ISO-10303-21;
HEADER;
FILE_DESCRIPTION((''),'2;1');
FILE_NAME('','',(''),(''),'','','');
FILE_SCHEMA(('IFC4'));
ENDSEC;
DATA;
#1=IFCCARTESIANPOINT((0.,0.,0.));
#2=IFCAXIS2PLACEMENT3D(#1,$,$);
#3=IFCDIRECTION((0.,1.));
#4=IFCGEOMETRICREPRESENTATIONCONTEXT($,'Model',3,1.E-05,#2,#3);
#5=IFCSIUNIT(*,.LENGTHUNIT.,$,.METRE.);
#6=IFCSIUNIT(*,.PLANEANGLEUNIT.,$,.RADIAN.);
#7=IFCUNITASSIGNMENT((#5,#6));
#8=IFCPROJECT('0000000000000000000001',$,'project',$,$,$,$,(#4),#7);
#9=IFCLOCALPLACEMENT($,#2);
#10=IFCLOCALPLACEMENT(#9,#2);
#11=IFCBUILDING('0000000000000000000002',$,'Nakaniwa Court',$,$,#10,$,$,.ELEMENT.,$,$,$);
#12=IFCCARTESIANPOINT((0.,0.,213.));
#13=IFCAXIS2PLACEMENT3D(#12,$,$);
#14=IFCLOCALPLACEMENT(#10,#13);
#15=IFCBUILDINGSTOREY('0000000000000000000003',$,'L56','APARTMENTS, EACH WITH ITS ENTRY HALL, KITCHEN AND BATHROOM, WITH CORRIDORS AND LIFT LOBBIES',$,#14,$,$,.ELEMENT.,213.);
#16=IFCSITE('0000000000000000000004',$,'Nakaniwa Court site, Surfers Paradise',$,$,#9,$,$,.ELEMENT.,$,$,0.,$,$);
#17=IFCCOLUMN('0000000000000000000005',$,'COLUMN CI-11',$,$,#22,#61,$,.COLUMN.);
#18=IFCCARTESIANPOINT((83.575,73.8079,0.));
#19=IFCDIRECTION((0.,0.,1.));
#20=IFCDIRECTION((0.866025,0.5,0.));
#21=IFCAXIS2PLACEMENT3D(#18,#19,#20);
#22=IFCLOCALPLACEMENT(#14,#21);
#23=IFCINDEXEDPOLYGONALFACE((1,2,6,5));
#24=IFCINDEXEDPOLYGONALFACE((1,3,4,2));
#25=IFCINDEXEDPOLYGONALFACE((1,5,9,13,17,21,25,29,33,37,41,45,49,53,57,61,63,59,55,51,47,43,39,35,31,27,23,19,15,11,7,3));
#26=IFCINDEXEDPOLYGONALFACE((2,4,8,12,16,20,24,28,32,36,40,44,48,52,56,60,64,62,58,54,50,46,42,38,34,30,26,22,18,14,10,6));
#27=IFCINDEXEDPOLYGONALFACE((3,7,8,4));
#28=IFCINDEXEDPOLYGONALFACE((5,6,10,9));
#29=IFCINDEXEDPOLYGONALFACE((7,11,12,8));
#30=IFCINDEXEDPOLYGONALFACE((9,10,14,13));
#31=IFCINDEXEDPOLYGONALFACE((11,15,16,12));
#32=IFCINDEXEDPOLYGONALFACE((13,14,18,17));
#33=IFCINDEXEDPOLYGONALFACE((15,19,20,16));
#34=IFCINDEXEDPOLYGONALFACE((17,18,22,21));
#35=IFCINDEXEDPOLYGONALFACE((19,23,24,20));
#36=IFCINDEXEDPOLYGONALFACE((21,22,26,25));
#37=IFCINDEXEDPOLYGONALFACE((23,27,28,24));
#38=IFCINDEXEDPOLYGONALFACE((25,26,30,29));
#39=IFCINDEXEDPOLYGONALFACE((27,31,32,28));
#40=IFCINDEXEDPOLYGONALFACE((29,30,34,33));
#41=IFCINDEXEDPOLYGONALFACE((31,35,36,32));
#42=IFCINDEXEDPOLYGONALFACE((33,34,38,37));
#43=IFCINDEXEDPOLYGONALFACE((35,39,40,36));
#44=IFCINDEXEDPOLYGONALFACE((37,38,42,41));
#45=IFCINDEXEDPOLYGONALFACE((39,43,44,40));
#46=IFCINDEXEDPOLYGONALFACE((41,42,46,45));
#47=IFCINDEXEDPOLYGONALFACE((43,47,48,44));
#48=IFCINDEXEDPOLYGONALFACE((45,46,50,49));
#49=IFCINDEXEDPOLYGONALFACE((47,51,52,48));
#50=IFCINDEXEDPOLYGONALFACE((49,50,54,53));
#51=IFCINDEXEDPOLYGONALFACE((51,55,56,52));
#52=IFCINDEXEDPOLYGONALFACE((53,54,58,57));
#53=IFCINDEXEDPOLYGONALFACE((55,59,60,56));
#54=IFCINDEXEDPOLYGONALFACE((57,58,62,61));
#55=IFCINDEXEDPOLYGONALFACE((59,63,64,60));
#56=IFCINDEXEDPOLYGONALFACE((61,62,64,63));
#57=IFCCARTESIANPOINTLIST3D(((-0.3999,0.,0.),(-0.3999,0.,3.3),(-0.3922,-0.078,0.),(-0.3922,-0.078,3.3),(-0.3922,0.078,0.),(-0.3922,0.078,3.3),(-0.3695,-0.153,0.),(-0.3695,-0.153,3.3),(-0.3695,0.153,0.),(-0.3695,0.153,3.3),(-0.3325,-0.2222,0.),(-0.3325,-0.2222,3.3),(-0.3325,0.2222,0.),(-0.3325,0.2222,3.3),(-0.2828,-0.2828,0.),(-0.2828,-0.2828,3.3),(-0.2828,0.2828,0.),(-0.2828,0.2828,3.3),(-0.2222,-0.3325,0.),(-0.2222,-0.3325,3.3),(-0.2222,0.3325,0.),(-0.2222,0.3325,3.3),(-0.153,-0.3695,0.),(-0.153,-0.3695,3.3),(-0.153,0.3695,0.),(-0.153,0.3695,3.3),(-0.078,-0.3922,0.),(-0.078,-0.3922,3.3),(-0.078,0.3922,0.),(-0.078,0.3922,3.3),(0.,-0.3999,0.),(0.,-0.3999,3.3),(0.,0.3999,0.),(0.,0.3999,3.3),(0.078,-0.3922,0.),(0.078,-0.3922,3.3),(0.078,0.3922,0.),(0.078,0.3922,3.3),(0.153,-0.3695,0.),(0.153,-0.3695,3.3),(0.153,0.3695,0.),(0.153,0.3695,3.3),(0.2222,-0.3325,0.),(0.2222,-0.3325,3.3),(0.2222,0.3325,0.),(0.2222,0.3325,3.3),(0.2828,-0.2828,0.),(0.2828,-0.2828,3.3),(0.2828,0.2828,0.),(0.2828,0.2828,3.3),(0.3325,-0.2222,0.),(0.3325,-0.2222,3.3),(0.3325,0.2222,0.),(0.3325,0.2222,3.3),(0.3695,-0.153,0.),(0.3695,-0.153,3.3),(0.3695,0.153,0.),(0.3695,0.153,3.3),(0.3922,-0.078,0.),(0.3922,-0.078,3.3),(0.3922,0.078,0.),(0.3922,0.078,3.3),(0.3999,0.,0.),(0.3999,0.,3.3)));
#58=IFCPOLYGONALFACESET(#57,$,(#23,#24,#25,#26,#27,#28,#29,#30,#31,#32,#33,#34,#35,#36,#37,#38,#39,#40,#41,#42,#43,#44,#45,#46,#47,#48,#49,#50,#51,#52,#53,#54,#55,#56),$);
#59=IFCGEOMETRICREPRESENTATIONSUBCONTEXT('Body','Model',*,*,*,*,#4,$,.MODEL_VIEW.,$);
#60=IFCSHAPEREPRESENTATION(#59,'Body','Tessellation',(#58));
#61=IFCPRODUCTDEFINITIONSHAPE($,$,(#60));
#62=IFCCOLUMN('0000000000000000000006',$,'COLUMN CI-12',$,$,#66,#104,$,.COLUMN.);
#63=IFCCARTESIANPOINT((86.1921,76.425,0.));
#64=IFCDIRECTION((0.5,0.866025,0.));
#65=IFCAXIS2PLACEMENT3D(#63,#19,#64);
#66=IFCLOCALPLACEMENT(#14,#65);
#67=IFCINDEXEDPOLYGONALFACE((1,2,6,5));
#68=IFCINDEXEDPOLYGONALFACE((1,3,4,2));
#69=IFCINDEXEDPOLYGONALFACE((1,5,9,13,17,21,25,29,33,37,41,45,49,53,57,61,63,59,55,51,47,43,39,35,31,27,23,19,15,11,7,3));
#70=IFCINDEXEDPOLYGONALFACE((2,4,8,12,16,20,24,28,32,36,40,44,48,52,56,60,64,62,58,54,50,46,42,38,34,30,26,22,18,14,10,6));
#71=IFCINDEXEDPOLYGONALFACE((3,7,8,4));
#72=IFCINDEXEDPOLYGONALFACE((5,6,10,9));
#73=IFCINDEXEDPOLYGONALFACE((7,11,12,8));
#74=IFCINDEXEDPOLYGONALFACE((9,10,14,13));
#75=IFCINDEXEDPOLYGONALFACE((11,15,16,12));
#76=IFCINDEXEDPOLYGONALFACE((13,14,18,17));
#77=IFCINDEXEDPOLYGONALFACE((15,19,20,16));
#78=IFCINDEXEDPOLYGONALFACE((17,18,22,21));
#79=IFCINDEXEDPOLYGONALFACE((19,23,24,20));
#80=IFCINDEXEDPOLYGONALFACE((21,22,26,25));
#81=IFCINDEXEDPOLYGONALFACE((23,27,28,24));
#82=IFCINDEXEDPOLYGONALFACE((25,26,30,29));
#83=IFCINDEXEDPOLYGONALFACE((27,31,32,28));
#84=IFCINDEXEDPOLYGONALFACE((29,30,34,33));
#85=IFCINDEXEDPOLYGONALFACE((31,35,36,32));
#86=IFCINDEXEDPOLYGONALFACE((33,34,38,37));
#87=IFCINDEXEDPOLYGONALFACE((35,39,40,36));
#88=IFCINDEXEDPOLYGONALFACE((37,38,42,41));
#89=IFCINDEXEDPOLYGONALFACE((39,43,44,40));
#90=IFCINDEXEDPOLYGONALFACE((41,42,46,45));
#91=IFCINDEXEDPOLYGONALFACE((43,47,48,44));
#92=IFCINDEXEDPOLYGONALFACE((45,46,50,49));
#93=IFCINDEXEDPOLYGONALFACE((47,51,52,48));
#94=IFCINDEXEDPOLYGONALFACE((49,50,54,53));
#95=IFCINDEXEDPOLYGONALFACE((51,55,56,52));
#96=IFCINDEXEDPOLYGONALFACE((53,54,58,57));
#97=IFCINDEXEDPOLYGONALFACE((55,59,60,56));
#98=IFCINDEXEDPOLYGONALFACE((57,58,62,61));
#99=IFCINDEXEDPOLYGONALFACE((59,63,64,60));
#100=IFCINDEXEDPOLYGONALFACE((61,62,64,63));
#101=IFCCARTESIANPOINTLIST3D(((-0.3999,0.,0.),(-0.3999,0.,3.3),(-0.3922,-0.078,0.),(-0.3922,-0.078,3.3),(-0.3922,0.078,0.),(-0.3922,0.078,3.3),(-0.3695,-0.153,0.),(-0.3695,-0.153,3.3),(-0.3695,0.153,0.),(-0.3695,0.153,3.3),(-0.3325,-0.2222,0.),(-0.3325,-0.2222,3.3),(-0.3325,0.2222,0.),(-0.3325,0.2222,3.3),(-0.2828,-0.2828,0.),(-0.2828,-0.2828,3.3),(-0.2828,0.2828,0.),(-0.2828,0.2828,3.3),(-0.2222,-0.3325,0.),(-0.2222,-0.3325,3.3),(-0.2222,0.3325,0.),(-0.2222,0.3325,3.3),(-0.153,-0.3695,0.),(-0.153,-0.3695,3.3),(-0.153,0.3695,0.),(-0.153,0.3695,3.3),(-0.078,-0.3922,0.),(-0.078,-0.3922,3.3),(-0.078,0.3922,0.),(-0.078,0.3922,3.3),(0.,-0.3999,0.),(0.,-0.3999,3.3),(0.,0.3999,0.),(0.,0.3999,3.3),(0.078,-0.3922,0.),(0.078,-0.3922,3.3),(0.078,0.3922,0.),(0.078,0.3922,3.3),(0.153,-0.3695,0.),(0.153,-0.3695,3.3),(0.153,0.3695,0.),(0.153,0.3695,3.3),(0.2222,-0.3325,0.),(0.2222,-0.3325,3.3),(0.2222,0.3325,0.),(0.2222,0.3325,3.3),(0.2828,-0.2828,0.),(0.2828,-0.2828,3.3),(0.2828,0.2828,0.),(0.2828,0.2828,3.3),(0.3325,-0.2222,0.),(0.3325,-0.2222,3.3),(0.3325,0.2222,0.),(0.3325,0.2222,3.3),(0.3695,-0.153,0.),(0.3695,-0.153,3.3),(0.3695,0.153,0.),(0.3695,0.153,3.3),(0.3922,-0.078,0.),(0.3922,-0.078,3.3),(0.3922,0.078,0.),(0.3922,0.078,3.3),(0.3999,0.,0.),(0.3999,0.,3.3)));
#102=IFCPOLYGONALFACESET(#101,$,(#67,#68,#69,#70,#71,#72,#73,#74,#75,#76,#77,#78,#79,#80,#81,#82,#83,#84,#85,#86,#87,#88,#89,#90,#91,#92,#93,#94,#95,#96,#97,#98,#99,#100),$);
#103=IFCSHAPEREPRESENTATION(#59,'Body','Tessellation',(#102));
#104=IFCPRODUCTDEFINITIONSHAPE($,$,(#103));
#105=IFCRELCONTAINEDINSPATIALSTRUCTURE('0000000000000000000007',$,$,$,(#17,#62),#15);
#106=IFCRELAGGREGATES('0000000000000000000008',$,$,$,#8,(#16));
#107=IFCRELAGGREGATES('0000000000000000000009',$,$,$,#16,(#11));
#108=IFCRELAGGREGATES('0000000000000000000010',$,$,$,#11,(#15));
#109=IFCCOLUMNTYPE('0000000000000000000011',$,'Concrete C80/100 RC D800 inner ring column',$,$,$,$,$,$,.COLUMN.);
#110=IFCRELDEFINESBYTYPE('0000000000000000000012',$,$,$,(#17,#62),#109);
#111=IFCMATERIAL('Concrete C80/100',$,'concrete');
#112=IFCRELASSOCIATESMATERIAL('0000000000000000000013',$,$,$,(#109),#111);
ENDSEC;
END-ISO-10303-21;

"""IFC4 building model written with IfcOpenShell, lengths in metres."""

from ifc_helpers import new_model, si_unit, direction, frame, origin, origin_2d, place, context, subcontext, project, spatial, circle, extrude, material, material_profile, profile_set, type_object, element, save


model = new_model("IFC4")

# Units and contexts
model_context = context("Model", 3, precision=1e-05, world=origin(), true_north=direction((0.0, 1.0)))
body_context = subcontext(model_context, "Body", "Model", "MODEL_VIEW")
ifc_project = project(units=[si_unit("LENGTHUNIT", "METRE"), si_unit("PLANEANGLEUNIT", "RADIAN")], contexts=[model_context])

# Site, building, storey
site_placement = place(None, origin())
site = spatial("IfcSite", under=ifc_project, at=site_placement, Name="Nakaniwa Court site, Surfers Paradise", CompositionType="ELEMENT", RefElevation=0.0)
building_placement = place(site_placement, origin())
building = spatial("IfcBuilding", under=site, at=building_placement, Name="Nakaniwa Court", CompositionType="ELEMENT")
storey_placement = place(building_placement, frame((0.0, 0.0, 213.0)))
storey = spatial("IfcBuildingStorey", under=building, at=storey_placement, Name="L56", Description="APARTMENTS, EACH WITH ITS ENTRY HALL, KITCHEN AND BATHROOM, WITH CORRIDORS AND LIFT LOBBIES", CompositionType="ELEMENT", Elevation=213.0)

# Columns
ifc_material_1 = material(Name="Concrete C80/100", Category="concrete")
ifc_material_profile_1 = material_profile(ifc_material_1, circle(Radius=0.3999, at=origin_2d()), Name="Concrete C80/100 RC D800 inner ring column")
ifc_profile_set_1 = profile_set([ifc_material_profile_1], Name="Concrete C80/100")
column_type = type_object("IfcColumnType", Name="Concrete C80/100 RC D800 inner ring column", PredefinedType="COLUMN", material=ifc_profile_set_1)
for number, where, z_axis, x_axis, name in (
    (1, (83.575, 73.8079, 0.0), (0.0, 0.0, 1.0), (0.866025, 0.5, 0.0), "COLUMN CI-11"),
    (2, (86.1921, 76.425, 0.0), (0.0, 0.0, 1.0), (0.5, 0.866025, 0.0), "COLUMN CI-12"),
):
    element("IfcColumn", number, at=place(storey_placement, frame(where, z_axis=z_axis, x_axis=x_axis)), inside=storey, type_object=column_type, Name=name, PredefinedType="COLUMN", context=body_context, shape_type="SweptSolid", body=[
        extrude(circle(Radius=0.3999, at=origin_2d()), origin(), (0.0, 0.0, 1.0), 3.3),
    ])

save(model, "model.ifc")
